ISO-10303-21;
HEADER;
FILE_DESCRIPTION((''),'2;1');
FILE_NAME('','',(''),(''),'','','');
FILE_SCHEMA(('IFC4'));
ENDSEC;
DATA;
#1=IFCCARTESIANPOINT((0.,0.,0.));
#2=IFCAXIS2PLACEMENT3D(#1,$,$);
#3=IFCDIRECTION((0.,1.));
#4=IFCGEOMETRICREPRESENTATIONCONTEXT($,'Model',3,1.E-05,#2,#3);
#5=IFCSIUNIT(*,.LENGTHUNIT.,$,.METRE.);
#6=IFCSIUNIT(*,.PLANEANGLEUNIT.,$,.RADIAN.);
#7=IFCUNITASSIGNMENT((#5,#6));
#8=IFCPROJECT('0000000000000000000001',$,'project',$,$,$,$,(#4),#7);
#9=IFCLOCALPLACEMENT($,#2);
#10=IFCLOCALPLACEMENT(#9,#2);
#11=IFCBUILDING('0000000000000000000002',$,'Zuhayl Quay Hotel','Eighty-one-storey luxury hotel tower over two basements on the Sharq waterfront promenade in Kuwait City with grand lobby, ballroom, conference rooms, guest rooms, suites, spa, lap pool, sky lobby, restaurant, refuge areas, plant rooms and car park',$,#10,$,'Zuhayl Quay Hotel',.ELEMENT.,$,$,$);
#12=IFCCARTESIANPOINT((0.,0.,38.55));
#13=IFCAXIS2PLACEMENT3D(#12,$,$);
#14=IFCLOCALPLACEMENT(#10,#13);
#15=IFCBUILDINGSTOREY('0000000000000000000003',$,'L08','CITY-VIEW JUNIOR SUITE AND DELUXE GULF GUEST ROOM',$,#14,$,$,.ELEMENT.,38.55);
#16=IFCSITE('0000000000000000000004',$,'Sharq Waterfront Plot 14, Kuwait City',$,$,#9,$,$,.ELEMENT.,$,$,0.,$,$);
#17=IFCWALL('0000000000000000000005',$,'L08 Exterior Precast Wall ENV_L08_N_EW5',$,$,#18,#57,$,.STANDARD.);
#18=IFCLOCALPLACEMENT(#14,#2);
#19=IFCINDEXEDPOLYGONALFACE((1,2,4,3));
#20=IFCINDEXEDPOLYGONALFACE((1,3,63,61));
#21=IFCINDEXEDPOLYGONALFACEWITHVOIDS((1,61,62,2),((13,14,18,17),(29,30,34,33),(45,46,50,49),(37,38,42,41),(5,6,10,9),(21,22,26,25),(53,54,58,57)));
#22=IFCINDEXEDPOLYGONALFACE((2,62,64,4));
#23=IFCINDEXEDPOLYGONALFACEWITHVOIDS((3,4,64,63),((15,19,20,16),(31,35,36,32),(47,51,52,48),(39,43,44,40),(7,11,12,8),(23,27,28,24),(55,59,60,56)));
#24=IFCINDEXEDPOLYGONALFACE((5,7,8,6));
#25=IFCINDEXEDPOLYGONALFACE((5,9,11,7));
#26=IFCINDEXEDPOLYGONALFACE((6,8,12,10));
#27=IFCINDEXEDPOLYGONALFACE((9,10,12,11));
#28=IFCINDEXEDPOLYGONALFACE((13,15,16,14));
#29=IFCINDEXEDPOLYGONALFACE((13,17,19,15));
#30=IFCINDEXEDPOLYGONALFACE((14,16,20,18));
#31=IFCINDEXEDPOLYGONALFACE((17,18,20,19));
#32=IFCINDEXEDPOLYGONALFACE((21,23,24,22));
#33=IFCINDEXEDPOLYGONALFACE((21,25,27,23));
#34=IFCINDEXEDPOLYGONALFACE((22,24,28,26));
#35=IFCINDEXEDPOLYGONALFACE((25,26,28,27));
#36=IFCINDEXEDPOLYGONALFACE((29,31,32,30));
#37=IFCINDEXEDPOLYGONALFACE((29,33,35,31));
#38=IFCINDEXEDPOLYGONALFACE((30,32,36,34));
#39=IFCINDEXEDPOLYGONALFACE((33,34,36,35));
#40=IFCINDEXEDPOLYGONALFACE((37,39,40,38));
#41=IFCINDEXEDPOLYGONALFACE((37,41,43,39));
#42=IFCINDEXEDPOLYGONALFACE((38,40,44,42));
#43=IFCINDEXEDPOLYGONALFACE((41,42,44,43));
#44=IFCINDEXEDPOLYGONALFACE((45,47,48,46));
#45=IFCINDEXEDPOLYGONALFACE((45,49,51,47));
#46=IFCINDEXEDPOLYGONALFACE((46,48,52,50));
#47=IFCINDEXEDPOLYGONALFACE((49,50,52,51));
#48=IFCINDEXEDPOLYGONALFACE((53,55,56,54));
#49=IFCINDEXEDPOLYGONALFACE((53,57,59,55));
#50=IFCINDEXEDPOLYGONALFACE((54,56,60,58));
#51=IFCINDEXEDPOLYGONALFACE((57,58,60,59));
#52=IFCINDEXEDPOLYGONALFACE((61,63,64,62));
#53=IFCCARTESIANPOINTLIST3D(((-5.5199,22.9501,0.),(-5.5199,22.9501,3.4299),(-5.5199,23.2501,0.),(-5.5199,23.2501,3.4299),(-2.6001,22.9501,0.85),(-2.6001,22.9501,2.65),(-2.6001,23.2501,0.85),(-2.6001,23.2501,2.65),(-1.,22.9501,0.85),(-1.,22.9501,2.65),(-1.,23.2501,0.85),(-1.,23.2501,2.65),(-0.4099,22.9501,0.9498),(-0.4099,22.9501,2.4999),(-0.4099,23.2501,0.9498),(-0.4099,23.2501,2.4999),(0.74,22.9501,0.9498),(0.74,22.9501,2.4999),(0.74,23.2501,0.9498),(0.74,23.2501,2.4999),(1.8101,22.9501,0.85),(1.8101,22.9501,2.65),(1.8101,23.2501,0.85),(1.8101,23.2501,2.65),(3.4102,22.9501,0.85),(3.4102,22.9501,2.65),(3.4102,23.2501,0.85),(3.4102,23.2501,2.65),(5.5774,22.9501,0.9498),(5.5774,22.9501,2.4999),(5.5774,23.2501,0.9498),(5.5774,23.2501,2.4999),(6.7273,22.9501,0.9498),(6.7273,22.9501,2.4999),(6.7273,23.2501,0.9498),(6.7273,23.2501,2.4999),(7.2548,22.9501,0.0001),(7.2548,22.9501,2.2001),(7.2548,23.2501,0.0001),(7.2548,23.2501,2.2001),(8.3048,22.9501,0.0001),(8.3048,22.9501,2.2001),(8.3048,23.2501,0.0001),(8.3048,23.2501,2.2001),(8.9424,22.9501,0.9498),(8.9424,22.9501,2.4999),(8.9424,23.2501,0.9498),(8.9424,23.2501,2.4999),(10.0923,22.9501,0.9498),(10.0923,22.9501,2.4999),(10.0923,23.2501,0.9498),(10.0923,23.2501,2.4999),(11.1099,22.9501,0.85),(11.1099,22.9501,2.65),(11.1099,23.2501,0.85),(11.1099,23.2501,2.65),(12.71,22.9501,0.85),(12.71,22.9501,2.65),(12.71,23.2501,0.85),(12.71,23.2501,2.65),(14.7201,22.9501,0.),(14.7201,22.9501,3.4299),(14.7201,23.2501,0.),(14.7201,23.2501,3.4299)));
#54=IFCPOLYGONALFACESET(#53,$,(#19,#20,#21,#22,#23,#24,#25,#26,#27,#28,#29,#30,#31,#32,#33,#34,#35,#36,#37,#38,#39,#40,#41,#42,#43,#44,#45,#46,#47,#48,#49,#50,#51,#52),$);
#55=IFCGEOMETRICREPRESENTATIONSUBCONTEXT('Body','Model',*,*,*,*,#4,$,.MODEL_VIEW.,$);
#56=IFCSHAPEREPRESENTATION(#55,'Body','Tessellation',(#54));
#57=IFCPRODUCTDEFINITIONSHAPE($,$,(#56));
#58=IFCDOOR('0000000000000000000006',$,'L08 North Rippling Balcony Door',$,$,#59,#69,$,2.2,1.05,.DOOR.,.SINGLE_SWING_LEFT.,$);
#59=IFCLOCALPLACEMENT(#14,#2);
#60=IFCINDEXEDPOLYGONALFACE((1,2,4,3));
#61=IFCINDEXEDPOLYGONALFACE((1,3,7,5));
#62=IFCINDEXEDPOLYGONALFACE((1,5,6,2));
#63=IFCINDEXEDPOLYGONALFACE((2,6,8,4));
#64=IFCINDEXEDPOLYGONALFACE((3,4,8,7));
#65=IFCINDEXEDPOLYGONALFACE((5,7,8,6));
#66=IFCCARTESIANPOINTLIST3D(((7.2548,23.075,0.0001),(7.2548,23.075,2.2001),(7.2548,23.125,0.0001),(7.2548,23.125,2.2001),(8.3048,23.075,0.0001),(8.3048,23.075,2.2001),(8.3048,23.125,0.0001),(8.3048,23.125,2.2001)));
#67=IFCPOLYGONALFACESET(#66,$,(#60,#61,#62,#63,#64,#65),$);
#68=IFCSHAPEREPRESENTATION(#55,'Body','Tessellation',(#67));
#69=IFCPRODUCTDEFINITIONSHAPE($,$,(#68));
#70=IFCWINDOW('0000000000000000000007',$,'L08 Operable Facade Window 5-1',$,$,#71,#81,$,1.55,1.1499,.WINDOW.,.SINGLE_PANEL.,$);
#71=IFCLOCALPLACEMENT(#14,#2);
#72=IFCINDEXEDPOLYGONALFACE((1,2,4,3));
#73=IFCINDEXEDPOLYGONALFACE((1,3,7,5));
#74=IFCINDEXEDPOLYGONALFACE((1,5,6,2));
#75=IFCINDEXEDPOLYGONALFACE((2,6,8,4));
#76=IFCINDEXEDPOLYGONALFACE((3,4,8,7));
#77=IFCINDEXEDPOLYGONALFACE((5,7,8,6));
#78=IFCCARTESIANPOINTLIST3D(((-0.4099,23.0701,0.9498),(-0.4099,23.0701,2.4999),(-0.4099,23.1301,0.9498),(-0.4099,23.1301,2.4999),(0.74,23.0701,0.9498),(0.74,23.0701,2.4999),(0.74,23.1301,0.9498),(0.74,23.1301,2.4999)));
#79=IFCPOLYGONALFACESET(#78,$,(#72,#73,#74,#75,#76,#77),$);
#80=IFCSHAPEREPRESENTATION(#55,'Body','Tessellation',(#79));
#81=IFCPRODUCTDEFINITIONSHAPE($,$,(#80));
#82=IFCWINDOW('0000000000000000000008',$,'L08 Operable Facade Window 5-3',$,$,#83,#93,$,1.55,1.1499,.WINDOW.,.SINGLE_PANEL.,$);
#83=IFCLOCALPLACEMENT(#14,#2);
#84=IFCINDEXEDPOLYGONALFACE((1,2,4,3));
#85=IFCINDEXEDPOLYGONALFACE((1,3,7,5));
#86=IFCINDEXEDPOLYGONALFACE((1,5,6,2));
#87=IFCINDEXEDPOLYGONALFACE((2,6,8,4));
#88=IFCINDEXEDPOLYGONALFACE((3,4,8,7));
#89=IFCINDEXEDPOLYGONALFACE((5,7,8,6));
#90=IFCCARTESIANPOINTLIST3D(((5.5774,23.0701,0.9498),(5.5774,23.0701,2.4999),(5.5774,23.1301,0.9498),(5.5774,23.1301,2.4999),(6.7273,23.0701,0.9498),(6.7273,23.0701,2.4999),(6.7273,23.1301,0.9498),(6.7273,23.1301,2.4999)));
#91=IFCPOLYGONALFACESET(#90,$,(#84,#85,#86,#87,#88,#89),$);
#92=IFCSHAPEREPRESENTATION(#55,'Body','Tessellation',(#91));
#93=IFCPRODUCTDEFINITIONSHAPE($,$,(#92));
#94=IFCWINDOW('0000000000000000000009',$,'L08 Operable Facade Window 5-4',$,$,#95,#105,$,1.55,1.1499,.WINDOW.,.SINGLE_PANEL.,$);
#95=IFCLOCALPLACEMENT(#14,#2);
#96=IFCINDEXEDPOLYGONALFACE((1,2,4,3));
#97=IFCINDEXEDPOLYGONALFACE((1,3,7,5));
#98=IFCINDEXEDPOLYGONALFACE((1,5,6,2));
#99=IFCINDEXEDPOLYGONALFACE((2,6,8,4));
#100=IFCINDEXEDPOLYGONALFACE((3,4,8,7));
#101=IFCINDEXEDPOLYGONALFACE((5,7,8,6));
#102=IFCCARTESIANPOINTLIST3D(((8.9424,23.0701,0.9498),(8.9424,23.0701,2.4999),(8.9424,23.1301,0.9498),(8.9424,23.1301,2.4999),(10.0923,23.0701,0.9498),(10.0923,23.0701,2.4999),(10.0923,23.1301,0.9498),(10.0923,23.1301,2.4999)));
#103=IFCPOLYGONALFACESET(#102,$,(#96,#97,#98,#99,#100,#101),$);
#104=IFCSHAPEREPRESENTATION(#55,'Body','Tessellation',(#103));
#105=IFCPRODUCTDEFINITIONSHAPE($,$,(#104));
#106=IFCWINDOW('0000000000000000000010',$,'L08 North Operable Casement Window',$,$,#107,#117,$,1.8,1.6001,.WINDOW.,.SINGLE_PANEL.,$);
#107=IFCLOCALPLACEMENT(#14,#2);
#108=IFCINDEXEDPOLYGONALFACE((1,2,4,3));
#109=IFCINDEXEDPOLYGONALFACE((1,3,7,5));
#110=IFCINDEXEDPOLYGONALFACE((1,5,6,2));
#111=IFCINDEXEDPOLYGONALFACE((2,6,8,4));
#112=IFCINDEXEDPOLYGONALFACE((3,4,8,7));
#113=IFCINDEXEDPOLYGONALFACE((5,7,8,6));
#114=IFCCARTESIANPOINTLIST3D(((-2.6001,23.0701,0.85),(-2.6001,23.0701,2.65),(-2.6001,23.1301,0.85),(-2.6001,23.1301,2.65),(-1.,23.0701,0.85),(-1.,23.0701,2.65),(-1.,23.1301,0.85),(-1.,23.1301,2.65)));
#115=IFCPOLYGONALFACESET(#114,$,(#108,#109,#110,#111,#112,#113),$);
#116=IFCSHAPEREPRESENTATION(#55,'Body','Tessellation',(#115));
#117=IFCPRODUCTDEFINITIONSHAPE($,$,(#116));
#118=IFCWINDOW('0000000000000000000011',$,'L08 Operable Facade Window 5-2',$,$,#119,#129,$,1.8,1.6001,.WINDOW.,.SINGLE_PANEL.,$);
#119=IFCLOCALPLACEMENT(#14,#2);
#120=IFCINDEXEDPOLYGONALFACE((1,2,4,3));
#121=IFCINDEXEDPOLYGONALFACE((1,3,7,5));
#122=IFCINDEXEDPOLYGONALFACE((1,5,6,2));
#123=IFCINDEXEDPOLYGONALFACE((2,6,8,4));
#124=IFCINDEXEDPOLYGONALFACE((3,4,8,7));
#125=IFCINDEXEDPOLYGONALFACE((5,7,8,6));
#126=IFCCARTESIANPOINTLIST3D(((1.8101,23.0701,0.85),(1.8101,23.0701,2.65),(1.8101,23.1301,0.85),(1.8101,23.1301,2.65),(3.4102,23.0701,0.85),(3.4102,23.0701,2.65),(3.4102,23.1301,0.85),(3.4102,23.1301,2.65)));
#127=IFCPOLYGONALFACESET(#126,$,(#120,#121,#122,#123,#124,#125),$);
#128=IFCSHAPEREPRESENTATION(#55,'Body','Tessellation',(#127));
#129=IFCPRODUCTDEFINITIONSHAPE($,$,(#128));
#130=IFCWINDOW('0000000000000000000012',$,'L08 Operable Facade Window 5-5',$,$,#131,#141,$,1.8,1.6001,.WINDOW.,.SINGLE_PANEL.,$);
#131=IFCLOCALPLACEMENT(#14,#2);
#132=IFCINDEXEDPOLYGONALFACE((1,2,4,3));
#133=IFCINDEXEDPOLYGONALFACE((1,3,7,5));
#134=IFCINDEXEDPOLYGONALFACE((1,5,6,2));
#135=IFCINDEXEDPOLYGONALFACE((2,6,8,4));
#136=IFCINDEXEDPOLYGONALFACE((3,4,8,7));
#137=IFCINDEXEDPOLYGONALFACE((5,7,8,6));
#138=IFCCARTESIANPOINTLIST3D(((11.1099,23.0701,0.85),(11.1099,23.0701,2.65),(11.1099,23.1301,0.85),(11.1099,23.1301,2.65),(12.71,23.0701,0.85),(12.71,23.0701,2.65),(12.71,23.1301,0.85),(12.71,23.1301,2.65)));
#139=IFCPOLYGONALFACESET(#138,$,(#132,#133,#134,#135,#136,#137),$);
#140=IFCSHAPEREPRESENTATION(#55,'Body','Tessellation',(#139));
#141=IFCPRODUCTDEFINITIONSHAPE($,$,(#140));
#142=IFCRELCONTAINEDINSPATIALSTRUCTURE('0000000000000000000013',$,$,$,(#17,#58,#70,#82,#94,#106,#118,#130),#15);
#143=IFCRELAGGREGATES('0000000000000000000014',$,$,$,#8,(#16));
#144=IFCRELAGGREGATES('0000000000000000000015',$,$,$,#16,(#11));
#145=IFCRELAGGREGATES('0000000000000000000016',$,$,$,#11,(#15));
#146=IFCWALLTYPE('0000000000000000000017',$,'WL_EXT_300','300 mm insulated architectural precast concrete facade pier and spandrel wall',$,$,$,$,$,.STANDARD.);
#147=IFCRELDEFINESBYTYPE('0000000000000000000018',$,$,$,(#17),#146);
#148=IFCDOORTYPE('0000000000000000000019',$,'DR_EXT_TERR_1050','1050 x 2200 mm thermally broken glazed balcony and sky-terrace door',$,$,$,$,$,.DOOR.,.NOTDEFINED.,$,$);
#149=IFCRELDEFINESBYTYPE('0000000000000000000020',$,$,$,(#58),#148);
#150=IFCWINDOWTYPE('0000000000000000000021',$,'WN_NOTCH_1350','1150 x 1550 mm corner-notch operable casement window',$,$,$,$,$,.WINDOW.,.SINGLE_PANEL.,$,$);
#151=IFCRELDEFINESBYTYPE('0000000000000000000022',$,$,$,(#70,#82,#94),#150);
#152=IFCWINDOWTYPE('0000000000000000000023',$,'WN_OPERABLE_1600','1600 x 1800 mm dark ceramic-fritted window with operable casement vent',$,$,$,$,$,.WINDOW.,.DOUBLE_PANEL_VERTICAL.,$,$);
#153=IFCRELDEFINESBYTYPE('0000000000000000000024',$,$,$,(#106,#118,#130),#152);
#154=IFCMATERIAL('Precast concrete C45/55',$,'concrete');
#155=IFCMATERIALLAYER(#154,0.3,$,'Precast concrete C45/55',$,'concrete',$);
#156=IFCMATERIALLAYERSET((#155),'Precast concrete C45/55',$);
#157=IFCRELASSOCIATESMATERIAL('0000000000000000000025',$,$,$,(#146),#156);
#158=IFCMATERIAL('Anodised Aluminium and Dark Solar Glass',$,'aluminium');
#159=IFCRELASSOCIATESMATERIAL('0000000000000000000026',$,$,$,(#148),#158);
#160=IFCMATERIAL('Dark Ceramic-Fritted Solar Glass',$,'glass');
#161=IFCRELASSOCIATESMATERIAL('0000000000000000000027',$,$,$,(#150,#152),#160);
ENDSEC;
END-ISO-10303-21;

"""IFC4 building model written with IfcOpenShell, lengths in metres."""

from ifc_helpers import new_model, si_unit, direction, frame, frame_2d, origin, place, context, subcontext, project, spatial, rectangle, extrude, material, layer, layer_set, type_object, element, fill, save


model = new_model("IFC4")

# Units and contexts
model_context = context("Model", 3, precision=1e-05, world=origin(), true_north=direction((0.0, 1.0)))
body_context = subcontext(model_context, "Body", "Model", "MODEL_VIEW")
ifc_project = project(units=[si_unit("LENGTHUNIT", "METRE"), si_unit("PLANEANGLEUNIT", "RADIAN")], contexts=[model_context])

# Site, building, storey
site_placement = place(None, origin())
site = spatial("IfcSite", under=ifc_project, at=site_placement, Name="Sharq Waterfront Plot 14, Kuwait City", CompositionType="ELEMENT", RefElevation=0.0)
building_placement = place(site_placement, origin())
building = spatial("IfcBuilding", under=site, at=building_placement, Name="Zuhayl Quay Hotel", Description="Eighty-one-storey luxury hotel tower over two basements on the Sharq waterfront promenade in Kuwait City with grand lobby, ballroom, conference rooms, guest rooms, suites, spa, lap pool, sky lobby, restaurant, refuge areas, plant rooms and car park", LongName="Zuhayl Quay Hotel", CompositionType="ELEMENT")
storey_placement = place(building_placement, frame((0.0, 0.0, 38.55)))
storey = spatial("IfcBuildingStorey", under=building, at=storey_placement, Name="L08", Description="CITY-VIEW JUNIOR SUITE AND DELUXE GULF GUEST ROOM", CompositionType="ELEMENT", Elevation=38.55)

# Shared definitions
ifc_material_1 = material(Name="Dark Ceramic-Fritted Solar Glass", Category="glass")

# Wall, openings, door, windows
ifc_material_2 = material(Name="Precast concrete C45/55", Category="concrete")
ifc_layer_1 = layer(ifc_material_2, 0.3, Name="Precast concrete C45/55", Category="concrete")
ifc_layer_set_1 = layer_set([ifc_layer_1], Name="Precast concrete C45/55")
wall_type_1 = type_object("IfcWallType", Name="WL_EXT_300", Description="300 mm insulated architectural precast concrete facade pier and spandrel wall", PredefinedType="STANDARD", material=ifc_layer_set_1)
wall_1_placement = place(storey_placement, frame((-5.52, 23.1001, 0.0), z_axis=(0.0, 0.0, 1.0), x_axis=(1.0, 0.0, 0.0)))
wall_1 = element("IfcWall", 1, at=wall_1_placement, inside=storey, type_object=wall_type_1, Name="L08 Exterior Precast Wall ENV_L08_N_EW5", PredefinedType="STANDARD", context=body_context, shape_type="SweptSolid", body=[
    extrude(rectangle(XDim=20.24, YDim=0.3, at=frame_2d((10.1201, 0.0))), origin(), (0.0, 0.0, 1.0), 3.4299),
])
opening_1_placement = place(wall_1_placement, frame((12.7749, 0.0, 0.0)))
opening_1 = element("IfcOpeningElement", 2, at=opening_1_placement, cuts=wall_1, PredefinedType="OPENING", context=body_context, shape_type="SweptSolid", body=[
    extrude(rectangle(XDim=1.05, YDim=2.2, at=frame_2d((0.5249, 1.1001))), frame((0.0, 0.1599, 0.0), z_axis=(0.0, -1.0, 0.0), x_axis=(1.0, 0.0, 0.0)), (0.0, 0.0, 1.0), 0.3201),
])
opening_2_placement = place(wall_1_placement, frame((2.9199, 0.0, 0.8501)))
opening_2 = element("IfcOpeningElement", 3, at=opening_2_placement, cuts=wall_1, PredefinedType="OPENING", context=body_context, shape_type="SweptSolid", body=[
    extrude(rectangle(XDim=1.6001, YDim=1.8, at=frame_2d((0.8, 0.8999))), frame((0.0, 0.1599, 0.0), z_axis=(0.0, -1.0, 0.0), x_axis=(1.0, 0.0, 0.0)), (0.0, 0.0, 1.0), 0.3201),
])
opening_3_placement = place(wall_1_placement, frame((5.1101, 0.0, 0.95)))
opening_3 = element("IfcOpeningElement", 4, at=opening_3_placement, cuts=wall_1, PredefinedType="OPENING", context=body_context, shape_type="SweptSolid", body=[
    extrude(rectangle(XDim=1.1499, YDim=1.55, at=frame_2d((0.575, 0.7749))), frame((0.0, 0.1599, 0.0), z_axis=(0.0, -1.0, 0.0), x_axis=(1.0, 0.0, 0.0)), (0.0, 0.0, 1.0), 0.3201),
])
opening_4_placement = place(wall_1_placement, frame((7.3301, 0.0, 0.8501)))
opening_4 = element("IfcOpeningElement", 5, at=opening_4_placement, cuts=wall_1, PredefinedType="OPENING", context=body_context, shape_type="SweptSolid", body=[
    extrude(rectangle(XDim=1.6001, YDim=1.8, at=frame_2d((0.8, 0.8999))), frame((0.0, 0.1599, 0.0), z_axis=(0.0, -1.0, 0.0), x_axis=(1.0, 0.0, 0.0)), (0.0, 0.0, 1.0), 0.3201),
])
opening_5_placement = place(wall_1_placement, frame((11.0974, 0.0, 0.95)))
opening_5 = element("IfcOpeningElement", 6, at=opening_5_placement, cuts=wall_1, PredefinedType="OPENING", context=body_context, shape_type="SweptSolid", body=[
    extrude(rectangle(XDim=1.1499, YDim=1.55, at=frame_2d((0.575, 0.7749))), frame((0.0, 0.1599, 0.0), z_axis=(0.0, -1.0, 0.0), x_axis=(1.0, 0.0, 0.0)), (0.0, 0.0, 1.0), 0.3201),
])
opening_6_placement = place(wall_1_placement, frame((14.4624, 0.0, 0.95)))
opening_6 = element("IfcOpeningElement", 7, at=opening_6_placement, cuts=wall_1, PredefinedType="OPENING", context=body_context, shape_type="SweptSolid", body=[
    extrude(rectangle(XDim=1.1499, YDim=1.55, at=frame_2d((0.575, 0.7749))), frame((0.0, 0.1599, 0.0), z_axis=(0.0, -1.0, 0.0), x_axis=(1.0, 0.0, 0.0)), (0.0, 0.0, 1.0), 0.3201),
])
opening_7_placement = place(wall_1_placement, frame((16.6299, 0.0, 0.8501)))
opening_7 = element("IfcOpeningElement", 8, at=opening_7_placement, cuts=wall_1, PredefinedType="OPENING", context=body_context, shape_type="SweptSolid", body=[
    extrude(rectangle(XDim=1.6001, YDim=1.8, at=frame_2d((0.8, 0.8999))), frame((0.0, 0.1599, 0.0), z_axis=(0.0, -1.0, 0.0), x_axis=(1.0, 0.0, 0.0)), (0.0, 0.0, 1.0), 0.3201),
])
ifc_material_3 = material(Name="Anodised Aluminium and Dark Solar Glass", Category="aluminium")
door_type_1 = type_object("IfcDoorType", Name="DR_EXT_TERR_1050", Description="1050 x 2200 mm thermally broken glazed balcony and sky-terrace door", OperationType="NOTDEFINED", PredefinedType="DOOR", material=ifc_material_3)
door_1_placement = place(opening_1_placement, origin())
door_1 = element("IfcDoor", 9, at=door_1_placement, inside=storey, type_object=door_type_1, Name="L08 North Rippling Balcony Door", OperationType="SINGLE_SWING_LEFT", OverallHeight=2.2, OverallWidth=1.05, PredefinedType="DOOR", context=body_context, shape_type="SweptSolid", body=[
    extrude(rectangle(XDim=1.05, YDim=2.2, at=frame_2d((0.5249, 1.1001))), frame((0.0, 0.0249, 0.0), z_axis=(0.0, -1.0, 0.0), x_axis=(1.0, 0.0, 0.0)), (0.0, 0.0, 1.0), 0.05),
])
fill(opening_1, door_1)
window_type_1 = type_object("IfcWindowType", Name="WN_NOTCH_1350", Description="1150 x 1550 mm corner-notch operable casement window", PartitioningType="SINGLE_PANEL", PredefinedType="WINDOW", material=ifc_material_1)
window_1_placement = place(opening_3_placement, origin())
window_1 = element("IfcWindow", 10, at=window_1_placement, inside=storey, type_object=window_type_1, Name="L08 Operable Facade Window 5-1", OverallHeight=1.55, OverallWidth=1.1499, PartitioningType="SINGLE_PANEL", PredefinedType="WINDOW", context=body_context, shape_type="SweptSolid", body=[
    extrude(rectangle(XDim=1.1499, YDim=1.55, at=frame_2d((0.575, 0.7749))), frame((0.0, 0.03, 0.0), z_axis=(0.0, -1.0, 0.0), x_axis=(1.0, 0.0, 0.0)), (0.0, 0.0, 1.0), 0.0601),
])
fill(opening_3, window_1)
window_2_placement = place(opening_5_placement, origin())
window_2 = element("IfcWindow", 11, at=window_2_placement, inside=storey, type_object=window_type_1, Name="L08 Operable Facade Window 5-3", OverallHeight=1.55, OverallWidth=1.1499, PartitioningType="SINGLE_PANEL", PredefinedType="WINDOW", context=body_context, shape_type="SweptSolid", body=[
    extrude(rectangle(XDim=1.1499, YDim=1.55, at=frame_2d((0.575, 0.7749))), frame((0.0, 0.03, 0.0), z_axis=(0.0, -1.0, 0.0), x_axis=(1.0, 0.0, 0.0)), (0.0, 0.0, 1.0), 0.0601),
])
fill(opening_5, window_2)
window_3_placement = place(opening_6_placement, origin())
window_3 = element("IfcWindow", 12, at=window_3_placement, inside=storey, type_object=window_type_1, Name="L08 Operable Facade Window 5-4", OverallHeight=1.55, OverallWidth=1.1499, PartitioningType="SINGLE_PANEL", PredefinedType="WINDOW", context=body_context, shape_type="SweptSolid", body=[
    extrude(rectangle(XDim=1.1499, YDim=1.55, at=frame_2d((0.575, 0.7749))), frame((0.0, 0.03, 0.0), z_axis=(0.0, -1.0, 0.0), x_axis=(1.0, 0.0, 0.0)), (0.0, 0.0, 1.0), 0.0601),
])
fill(opening_6, window_3)
window_type_2 = type_object("IfcWindowType", Name="WN_OPERABLE_1600", Description="1600 x 1800 mm dark ceramic-fritted window with operable casement vent", PartitioningType="DOUBLE_PANEL_VERTICAL", PredefinedType="WINDOW", material=ifc_material_1)
window_4_placement = place(opening_2_placement, origin())
window_4 = element("IfcWindow", 13, at=window_4_placement, inside=storey, type_object=window_type_2, Name="L08 North Operable Casement Window", OverallHeight=1.8, OverallWidth=1.6001, PartitioningType="SINGLE_PANEL", PredefinedType="WINDOW", context=body_context, shape_type="SweptSolid", body=[
    extrude(rectangle(XDim=1.6001, YDim=1.8, at=frame_2d((0.8, 0.8999))), frame((0.0, 0.03, 0.0), z_axis=(0.0, -1.0, 0.0), x_axis=(1.0, 0.0, 0.0)), (0.0, 0.0, 1.0), 0.0601),
])
fill(opening_2, window_4)
window_5_placement = place(opening_4_placement, origin())
window_5 = element("IfcWindow", 14, at=window_5_placement, inside=storey, type_object=window_type_2, Name="L08 Operable Facade Window 5-2", OverallHeight=1.8, OverallWidth=1.6001, PartitioningType="SINGLE_PANEL", PredefinedType="WINDOW", context=body_context, shape_type="SweptSolid", body=[
    extrude(rectangle(XDim=1.6001, YDim=1.8, at=frame_2d((0.8, 0.8999))), frame((0.0, 0.03, 0.0), z_axis=(0.0, -1.0, 0.0), x_axis=(1.0, 0.0, 0.0)), (0.0, 0.0, 1.0), 0.0601),
])
fill(opening_4, window_5)
window_6_placement = place(opening_7_placement, origin())
window_6 = element("IfcWindow", 15, at=window_6_placement, inside=storey, type_object=window_type_2, Name="L08 Operable Facade Window 5-5", OverallHeight=1.8, OverallWidth=1.6001, PartitioningType="SINGLE_PANEL", PredefinedType="WINDOW", context=body_context, shape_type="SweptSolid", body=[
    extrude(rectangle(XDim=1.6001, YDim=1.8, at=frame_2d((0.8, 0.8999))), frame((0.0, 0.03, 0.0), z_axis=(0.0, -1.0, 0.0), x_axis=(1.0, 0.0, 0.0)), (0.0, 0.0, 1.0), 0.0601),
])
fill(opening_7, window_6)

save(model, "model.ifc")
